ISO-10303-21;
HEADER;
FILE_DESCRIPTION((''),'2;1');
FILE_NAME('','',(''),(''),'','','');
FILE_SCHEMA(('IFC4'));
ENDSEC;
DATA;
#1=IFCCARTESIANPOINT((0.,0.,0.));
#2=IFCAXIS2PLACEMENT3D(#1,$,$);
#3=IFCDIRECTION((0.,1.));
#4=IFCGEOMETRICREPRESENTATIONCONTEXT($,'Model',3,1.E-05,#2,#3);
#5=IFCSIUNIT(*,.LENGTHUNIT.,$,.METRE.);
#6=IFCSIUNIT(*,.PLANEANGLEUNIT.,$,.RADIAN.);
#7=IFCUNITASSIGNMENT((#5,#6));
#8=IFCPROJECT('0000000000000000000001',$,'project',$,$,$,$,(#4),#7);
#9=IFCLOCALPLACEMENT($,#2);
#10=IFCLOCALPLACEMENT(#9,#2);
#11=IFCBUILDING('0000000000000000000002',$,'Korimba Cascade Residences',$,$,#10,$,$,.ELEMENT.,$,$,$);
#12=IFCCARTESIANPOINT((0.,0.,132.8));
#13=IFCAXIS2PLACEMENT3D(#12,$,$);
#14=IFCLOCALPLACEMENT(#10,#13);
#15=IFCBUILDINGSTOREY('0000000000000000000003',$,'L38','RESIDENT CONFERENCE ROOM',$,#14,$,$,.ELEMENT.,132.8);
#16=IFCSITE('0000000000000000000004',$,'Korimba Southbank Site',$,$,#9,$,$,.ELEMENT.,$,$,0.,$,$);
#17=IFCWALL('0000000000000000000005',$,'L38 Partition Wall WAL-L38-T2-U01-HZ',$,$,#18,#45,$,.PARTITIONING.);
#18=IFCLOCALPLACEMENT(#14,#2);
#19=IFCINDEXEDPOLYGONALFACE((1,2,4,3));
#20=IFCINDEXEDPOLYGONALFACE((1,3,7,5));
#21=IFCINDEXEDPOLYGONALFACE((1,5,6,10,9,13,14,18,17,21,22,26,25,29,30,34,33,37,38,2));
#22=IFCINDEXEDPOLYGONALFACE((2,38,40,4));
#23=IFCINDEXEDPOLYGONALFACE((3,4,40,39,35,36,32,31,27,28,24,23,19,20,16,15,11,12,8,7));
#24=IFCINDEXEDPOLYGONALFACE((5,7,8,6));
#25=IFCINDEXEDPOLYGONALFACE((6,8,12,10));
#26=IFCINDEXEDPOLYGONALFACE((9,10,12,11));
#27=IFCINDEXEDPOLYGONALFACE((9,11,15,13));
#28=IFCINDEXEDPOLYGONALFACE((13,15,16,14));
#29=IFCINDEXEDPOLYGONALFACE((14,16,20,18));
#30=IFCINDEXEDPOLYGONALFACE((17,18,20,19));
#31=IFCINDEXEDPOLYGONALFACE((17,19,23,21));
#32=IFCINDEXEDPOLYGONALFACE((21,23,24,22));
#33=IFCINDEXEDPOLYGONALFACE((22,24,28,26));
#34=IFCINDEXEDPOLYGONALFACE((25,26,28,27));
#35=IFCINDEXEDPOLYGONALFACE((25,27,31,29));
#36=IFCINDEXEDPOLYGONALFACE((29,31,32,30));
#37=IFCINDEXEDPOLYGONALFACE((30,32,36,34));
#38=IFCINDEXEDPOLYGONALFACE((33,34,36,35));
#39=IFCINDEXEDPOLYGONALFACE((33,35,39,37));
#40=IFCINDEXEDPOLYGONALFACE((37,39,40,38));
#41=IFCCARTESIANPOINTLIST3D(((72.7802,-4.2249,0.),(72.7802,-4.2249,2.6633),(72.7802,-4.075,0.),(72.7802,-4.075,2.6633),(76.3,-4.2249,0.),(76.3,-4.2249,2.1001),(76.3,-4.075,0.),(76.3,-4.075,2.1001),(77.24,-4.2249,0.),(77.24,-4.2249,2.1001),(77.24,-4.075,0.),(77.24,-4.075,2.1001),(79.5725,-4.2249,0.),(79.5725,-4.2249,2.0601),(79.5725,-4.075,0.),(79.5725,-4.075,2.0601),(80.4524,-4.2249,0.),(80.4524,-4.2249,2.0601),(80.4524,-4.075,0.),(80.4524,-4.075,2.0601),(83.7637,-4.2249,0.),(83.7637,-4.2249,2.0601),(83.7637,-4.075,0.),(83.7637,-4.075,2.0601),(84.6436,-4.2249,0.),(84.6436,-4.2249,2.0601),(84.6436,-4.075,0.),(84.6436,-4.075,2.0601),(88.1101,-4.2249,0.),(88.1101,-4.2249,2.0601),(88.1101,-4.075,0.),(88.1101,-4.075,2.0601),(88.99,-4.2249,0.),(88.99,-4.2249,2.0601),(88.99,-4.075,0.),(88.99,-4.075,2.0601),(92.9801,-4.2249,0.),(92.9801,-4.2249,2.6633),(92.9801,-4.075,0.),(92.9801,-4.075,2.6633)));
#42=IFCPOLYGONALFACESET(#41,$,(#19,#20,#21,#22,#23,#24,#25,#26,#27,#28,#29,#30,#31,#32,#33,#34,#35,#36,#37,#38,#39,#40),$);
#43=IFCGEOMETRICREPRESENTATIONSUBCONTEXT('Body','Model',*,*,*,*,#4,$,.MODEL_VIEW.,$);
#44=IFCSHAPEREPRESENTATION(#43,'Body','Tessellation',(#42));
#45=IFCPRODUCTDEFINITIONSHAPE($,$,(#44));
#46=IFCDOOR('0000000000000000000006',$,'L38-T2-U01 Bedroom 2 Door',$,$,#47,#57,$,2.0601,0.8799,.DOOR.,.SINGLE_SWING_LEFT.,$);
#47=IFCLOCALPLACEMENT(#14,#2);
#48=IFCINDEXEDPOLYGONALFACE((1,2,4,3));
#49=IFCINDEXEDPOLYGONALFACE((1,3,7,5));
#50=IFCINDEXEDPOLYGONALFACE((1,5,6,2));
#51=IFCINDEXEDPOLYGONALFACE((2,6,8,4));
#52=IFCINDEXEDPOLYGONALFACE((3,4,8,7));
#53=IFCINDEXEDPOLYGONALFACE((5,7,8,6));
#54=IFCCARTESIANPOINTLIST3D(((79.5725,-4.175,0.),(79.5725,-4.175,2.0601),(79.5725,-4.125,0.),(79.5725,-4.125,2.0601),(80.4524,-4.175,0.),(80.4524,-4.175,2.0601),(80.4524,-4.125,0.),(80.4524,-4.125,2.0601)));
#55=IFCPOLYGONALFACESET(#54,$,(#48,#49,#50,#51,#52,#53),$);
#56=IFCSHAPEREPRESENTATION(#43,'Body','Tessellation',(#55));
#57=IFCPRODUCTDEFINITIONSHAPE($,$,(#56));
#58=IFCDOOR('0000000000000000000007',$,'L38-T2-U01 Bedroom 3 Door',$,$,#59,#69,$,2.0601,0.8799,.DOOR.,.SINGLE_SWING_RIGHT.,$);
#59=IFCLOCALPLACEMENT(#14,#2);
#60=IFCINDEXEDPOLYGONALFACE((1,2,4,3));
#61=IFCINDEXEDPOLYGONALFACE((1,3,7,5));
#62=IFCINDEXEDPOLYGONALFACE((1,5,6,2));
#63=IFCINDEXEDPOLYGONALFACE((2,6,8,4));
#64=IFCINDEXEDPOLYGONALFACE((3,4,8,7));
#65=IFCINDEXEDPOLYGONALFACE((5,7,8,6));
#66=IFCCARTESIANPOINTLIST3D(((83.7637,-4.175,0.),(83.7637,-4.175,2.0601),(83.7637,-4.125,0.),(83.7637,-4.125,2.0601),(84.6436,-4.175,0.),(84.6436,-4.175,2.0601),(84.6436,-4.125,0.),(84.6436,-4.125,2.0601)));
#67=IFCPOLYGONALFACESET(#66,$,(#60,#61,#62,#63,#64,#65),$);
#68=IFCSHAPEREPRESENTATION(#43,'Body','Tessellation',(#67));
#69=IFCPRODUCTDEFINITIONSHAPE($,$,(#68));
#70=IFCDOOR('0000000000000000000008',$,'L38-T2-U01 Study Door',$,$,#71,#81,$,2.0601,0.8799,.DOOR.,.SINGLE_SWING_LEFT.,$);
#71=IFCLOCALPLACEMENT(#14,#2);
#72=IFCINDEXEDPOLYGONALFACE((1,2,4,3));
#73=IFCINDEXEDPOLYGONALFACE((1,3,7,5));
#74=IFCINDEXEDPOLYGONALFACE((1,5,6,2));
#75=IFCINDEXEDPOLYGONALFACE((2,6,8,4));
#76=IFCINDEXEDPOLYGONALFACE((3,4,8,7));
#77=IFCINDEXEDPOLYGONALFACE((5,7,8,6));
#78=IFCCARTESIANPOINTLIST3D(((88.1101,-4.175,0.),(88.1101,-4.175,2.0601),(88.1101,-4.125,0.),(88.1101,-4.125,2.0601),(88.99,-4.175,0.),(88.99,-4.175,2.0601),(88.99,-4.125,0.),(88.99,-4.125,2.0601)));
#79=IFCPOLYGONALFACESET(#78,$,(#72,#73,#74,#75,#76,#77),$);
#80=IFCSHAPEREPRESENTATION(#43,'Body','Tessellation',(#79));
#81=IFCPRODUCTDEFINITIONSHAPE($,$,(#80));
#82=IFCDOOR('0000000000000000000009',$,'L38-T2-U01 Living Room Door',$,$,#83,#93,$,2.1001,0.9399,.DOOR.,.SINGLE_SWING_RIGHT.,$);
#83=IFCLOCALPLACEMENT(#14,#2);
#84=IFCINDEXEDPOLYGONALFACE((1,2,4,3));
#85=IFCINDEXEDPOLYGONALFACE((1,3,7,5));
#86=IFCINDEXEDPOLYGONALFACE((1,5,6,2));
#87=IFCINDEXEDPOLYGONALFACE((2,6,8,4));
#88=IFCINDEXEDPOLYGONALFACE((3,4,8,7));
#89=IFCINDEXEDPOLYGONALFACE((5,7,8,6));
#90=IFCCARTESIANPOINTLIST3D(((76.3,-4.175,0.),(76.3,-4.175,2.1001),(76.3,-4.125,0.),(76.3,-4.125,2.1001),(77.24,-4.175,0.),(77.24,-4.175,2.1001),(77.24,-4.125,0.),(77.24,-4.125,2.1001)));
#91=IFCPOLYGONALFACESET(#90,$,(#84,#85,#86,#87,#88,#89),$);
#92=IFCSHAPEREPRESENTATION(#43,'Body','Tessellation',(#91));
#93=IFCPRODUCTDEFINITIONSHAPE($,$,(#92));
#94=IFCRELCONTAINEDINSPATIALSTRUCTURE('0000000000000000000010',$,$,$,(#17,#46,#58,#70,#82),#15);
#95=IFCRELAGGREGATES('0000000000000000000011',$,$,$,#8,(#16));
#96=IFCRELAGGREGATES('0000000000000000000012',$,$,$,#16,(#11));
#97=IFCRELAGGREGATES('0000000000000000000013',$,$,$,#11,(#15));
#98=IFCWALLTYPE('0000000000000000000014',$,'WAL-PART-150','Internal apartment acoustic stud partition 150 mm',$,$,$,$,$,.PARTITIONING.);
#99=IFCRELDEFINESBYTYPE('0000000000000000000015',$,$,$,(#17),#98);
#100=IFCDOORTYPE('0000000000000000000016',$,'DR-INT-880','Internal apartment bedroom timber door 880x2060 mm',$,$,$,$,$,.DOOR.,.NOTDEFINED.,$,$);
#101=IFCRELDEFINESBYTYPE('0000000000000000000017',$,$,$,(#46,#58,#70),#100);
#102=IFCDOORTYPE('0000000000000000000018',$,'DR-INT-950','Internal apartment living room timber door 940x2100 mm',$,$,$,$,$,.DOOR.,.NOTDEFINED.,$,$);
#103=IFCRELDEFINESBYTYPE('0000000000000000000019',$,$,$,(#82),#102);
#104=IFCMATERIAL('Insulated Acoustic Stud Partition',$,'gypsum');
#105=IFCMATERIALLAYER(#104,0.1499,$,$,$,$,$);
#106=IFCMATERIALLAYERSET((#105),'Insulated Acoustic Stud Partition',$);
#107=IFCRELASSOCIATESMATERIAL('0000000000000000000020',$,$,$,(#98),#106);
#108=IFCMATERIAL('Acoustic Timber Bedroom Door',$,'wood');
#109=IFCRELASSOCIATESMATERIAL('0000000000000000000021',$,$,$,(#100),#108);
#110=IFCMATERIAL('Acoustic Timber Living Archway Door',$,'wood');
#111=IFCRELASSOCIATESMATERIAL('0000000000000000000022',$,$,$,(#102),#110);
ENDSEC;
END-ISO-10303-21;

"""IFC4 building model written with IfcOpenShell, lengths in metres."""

from ifc_helpers import new_model, si_unit, direction, frame, frame_2d, origin, place, context, subcontext, project, spatial, rectangle, extrude, material, layer, layer_set, type_object, element, fill, save


model = new_model("IFC4")

# Units and contexts
model_context = context("Model", 3, precision=1e-05, world=origin(), true_north=direction((0.0, 1.0)))
body_context = subcontext(model_context, "Body", "Model", "MODEL_VIEW")
ifc_project = project(units=[si_unit("LENGTHUNIT", "METRE"), si_unit("PLANEANGLEUNIT", "RADIAN")], contexts=[model_context])

# Site, building, storey
site_placement = place(None, origin())
site = spatial("IfcSite", under=ifc_project, at=site_placement, Name="Korimba Southbank Site", CompositionType="ELEMENT", RefElevation=0.0)
building_placement = place(site_placement, origin())
building = spatial("IfcBuilding", under=site, at=building_placement, Name="Korimba Cascade Residences", CompositionType="ELEMENT")
storey_placement = place(building_placement, frame((0.0, 0.0, 132.8)))
storey = spatial("IfcBuildingStorey", under=building, at=storey_placement, Name="L38", Description="RESIDENT CONFERENCE ROOM", CompositionType="ELEMENT", Elevation=132.8)

# Shared definitions
ifc_material_1 = material(Name="Insulated Acoustic Stud Partition", Category="gypsum")
ifc_layer_1 = layer(ifc_material_1, 0.1499)
ifc_layer_set_1 = layer_set([ifc_layer_1], Name="Insulated Acoustic Stud Partition")
wall_type_1 = type_object("IfcWallType", Name="WAL-PART-150", Description="Internal apartment acoustic stud partition 150 mm", PredefinedType="PARTITIONING", material=ifc_layer_set_1)
ifc_material_2 = material(Name="Acoustic Timber Bedroom Door", Category="wood")
door_type_1 = type_object("IfcDoorType", Name="DR-INT-880", Description="Internal apartment bedroom timber door 880x2060 mm", OperationType="NOTDEFINED", PredefinedType="DOOR", material=ifc_material_2)

# Wall, openings, doors
wall_1_placement = place(storey_placement, frame((72.78, -4.1499, 0.0), z_axis=(0.0, 0.0, 1.0), x_axis=(1.0, 0.0, 0.0)))
wall_1 = element("IfcWall", 1, at=wall_1_placement, inside=storey, type_object=wall_type_1, Name="L38 Partition Wall WAL-L38-T2-U01-HZ", PredefinedType="PARTITIONING", context=body_context, shape_type="SweptSolid", body=[
    extrude(rectangle(XDim=20.2, YDim=0.1499, at=frame_2d((10.1001, 0.0))), origin(), (0.0, 0.0, 1.0), 2.6633),
])
opening_1_placement = place(wall_1_placement, frame((3.52, 0.0, 0.0)))
opening_1 = element("IfcOpeningElement", 2, at=opening_1_placement, cuts=wall_1, PredefinedType="OPENING", context=body_context, shape_type="SweptSolid", body=[
    extrude(rectangle(XDim=0.9399, YDim=2.1001, at=frame_2d((0.47, 1.05))), frame((0.0, 0.085, 0.0), z_axis=(0.0, -1.0, 0.0), x_axis=(1.0, 0.0, 0.0)), (0.0, 0.0, 1.0), 0.1699),
])
opening_2_placement = place(wall_1_placement, frame((6.7925, 0.0, 0.0)))
opening_2 = element("IfcOpeningElement", 3, at=opening_2_placement, cuts=wall_1, PredefinedType="OPENING", context=body_context, shape_type="SweptSolid", body=[
    extrude(rectangle(XDim=0.8799, YDim=2.0601, at=frame_2d((0.4399, 1.03))), frame((0.0, 0.085, 0.0), z_axis=(0.0, -1.0, 0.0), x_axis=(1.0, 0.0, 0.0)), (0.0, 0.0, 1.0), 0.1699),
])
opening_3_placement = place(wall_1_placement, frame((10.9836, 0.0, 0.0)))
opening_3 = element("IfcOpeningElement", 4, at=opening_3_placement, cuts=wall_1, PredefinedType="OPENING", context=body_context, shape_type="SweptSolid", body=[
    extrude(rectangle(XDim=0.8799, YDim=2.0601, at=frame_2d((0.4399, 1.03))), frame((0.0, 0.085, 0.0), z_axis=(0.0, -1.0, 0.0), x_axis=(1.0, 0.0, 0.0)), (0.0, 0.0, 1.0), 0.1699),
])
opening_4_placement = place(wall_1_placement, frame((15.3301, 0.0, 0.0)))
opening_4 = element("IfcOpeningElement", 5, at=opening_4_placement, cuts=wall_1, PredefinedType="OPENING", context=body_context, shape_type="SweptSolid", body=[
    extrude(rectangle(XDim=0.8799, YDim=2.0601, at=frame_2d((0.4399, 1.03))), frame((0.0, 0.085, 0.0), z_axis=(0.0, -1.0, 0.0), x_axis=(1.0, 0.0, 0.0)), (0.0, 0.0, 1.0), 0.1699),
])
door_1_placement = place(opening_2_placement, origin())
door_1 = element("IfcDoor", 6, at=door_1_placement, inside=storey, type_object=door_type_1, Name="L38-T2-U01 Bedroom 2 Door", OperationType="SINGLE_SWING_LEFT", OverallHeight=2.0601, OverallWidth=0.8799, PredefinedType="DOOR", context=body_context, shape_type="SweptSolid", body=[
    extrude(rectangle(XDim=0.8799, YDim=2.0601, at=frame_2d((0.4399, 1.03))), frame((0.0, 0.0249, 0.0), z_axis=(0.0, -1.0, 0.0), x_axis=(1.0, 0.0, 0.0)), (0.0, 0.0, 1.0), 0.05),
])
fill(opening_2, door_1)
door_2_placement = place(opening_3_placement, origin())
door_2 = element("IfcDoor", 7, at=door_2_placement, inside=storey, type_object=door_type_1, Name="L38-T2-U01 Bedroom 3 Door", OperationType="SINGLE_SWING_RIGHT", OverallHeight=2.0601, OverallWidth=0.8799, PredefinedType="DOOR", context=body_context, shape_type="SweptSolid", body=[
    extrude(rectangle(XDim=0.8799, YDim=2.0601, at=frame_2d((0.4399, 1.03))), frame((0.0, 0.0249, 0.0), z_axis=(0.0, -1.0, 0.0), x_axis=(1.0, 0.0, 0.0)), (0.0, 0.0, 1.0), 0.05),
])
fill(opening_3, door_2)
door_3_placement = place(opening_4_placement, origin())
door_3 = element("IfcDoor", 8, at=door_3_placement, inside=storey, type_object=door_type_1, Name="L38-T2-U01 Study Door", OperationType="SINGLE_SWING_LEFT", OverallHeight=2.0601, OverallWidth=0.8799, PredefinedType="DOOR", context=body_context, shape_type="SweptSolid", body=[
    extrude(rectangle(XDim=0.8799, YDim=2.0601, at=frame_2d((0.4399, 1.03))), frame((0.0, 0.0249, 0.0), z_axis=(0.0, -1.0, 0.0), x_axis=(1.0, 0.0, 0.0)), (0.0, 0.0, 1.0), 0.05),
])
fill(opening_4, door_3)
ifc_material_3 = material(Name="Acoustic Timber Living Archway Door", Category="wood")
door_type_2 = type_object("IfcDoorType", Name="DR-INT-950", Description="Internal apartment living room timber door 940x2100 mm", OperationType="NOTDEFINED", PredefinedType="DOOR", material=ifc_material_3)
door_4_placement = place(opening_1_placement, origin())
door_4 = element("IfcDoor", 9, at=door_4_placement, inside=storey, type_object=door_type_2, Name="L38-T2-U01 Living Room Door", OperationType="SINGLE_SWING_RIGHT", OverallHeight=2.1001, OverallWidth=0.9399, PredefinedType="DOOR", context=body_context, shape_type="SweptSolid", body=[
    extrude(rectangle(XDim=0.9399, YDim=2.1001, at=frame_2d((0.47, 1.05))), frame((0.0, 0.0249, 0.0), z_axis=(0.0, -1.0, 0.0), x_axis=(1.0, 0.0, 0.0)), (0.0, 0.0, 1.0), 0.05),
])
fill(opening_1, door_4)

save(model, "model.ifc")
